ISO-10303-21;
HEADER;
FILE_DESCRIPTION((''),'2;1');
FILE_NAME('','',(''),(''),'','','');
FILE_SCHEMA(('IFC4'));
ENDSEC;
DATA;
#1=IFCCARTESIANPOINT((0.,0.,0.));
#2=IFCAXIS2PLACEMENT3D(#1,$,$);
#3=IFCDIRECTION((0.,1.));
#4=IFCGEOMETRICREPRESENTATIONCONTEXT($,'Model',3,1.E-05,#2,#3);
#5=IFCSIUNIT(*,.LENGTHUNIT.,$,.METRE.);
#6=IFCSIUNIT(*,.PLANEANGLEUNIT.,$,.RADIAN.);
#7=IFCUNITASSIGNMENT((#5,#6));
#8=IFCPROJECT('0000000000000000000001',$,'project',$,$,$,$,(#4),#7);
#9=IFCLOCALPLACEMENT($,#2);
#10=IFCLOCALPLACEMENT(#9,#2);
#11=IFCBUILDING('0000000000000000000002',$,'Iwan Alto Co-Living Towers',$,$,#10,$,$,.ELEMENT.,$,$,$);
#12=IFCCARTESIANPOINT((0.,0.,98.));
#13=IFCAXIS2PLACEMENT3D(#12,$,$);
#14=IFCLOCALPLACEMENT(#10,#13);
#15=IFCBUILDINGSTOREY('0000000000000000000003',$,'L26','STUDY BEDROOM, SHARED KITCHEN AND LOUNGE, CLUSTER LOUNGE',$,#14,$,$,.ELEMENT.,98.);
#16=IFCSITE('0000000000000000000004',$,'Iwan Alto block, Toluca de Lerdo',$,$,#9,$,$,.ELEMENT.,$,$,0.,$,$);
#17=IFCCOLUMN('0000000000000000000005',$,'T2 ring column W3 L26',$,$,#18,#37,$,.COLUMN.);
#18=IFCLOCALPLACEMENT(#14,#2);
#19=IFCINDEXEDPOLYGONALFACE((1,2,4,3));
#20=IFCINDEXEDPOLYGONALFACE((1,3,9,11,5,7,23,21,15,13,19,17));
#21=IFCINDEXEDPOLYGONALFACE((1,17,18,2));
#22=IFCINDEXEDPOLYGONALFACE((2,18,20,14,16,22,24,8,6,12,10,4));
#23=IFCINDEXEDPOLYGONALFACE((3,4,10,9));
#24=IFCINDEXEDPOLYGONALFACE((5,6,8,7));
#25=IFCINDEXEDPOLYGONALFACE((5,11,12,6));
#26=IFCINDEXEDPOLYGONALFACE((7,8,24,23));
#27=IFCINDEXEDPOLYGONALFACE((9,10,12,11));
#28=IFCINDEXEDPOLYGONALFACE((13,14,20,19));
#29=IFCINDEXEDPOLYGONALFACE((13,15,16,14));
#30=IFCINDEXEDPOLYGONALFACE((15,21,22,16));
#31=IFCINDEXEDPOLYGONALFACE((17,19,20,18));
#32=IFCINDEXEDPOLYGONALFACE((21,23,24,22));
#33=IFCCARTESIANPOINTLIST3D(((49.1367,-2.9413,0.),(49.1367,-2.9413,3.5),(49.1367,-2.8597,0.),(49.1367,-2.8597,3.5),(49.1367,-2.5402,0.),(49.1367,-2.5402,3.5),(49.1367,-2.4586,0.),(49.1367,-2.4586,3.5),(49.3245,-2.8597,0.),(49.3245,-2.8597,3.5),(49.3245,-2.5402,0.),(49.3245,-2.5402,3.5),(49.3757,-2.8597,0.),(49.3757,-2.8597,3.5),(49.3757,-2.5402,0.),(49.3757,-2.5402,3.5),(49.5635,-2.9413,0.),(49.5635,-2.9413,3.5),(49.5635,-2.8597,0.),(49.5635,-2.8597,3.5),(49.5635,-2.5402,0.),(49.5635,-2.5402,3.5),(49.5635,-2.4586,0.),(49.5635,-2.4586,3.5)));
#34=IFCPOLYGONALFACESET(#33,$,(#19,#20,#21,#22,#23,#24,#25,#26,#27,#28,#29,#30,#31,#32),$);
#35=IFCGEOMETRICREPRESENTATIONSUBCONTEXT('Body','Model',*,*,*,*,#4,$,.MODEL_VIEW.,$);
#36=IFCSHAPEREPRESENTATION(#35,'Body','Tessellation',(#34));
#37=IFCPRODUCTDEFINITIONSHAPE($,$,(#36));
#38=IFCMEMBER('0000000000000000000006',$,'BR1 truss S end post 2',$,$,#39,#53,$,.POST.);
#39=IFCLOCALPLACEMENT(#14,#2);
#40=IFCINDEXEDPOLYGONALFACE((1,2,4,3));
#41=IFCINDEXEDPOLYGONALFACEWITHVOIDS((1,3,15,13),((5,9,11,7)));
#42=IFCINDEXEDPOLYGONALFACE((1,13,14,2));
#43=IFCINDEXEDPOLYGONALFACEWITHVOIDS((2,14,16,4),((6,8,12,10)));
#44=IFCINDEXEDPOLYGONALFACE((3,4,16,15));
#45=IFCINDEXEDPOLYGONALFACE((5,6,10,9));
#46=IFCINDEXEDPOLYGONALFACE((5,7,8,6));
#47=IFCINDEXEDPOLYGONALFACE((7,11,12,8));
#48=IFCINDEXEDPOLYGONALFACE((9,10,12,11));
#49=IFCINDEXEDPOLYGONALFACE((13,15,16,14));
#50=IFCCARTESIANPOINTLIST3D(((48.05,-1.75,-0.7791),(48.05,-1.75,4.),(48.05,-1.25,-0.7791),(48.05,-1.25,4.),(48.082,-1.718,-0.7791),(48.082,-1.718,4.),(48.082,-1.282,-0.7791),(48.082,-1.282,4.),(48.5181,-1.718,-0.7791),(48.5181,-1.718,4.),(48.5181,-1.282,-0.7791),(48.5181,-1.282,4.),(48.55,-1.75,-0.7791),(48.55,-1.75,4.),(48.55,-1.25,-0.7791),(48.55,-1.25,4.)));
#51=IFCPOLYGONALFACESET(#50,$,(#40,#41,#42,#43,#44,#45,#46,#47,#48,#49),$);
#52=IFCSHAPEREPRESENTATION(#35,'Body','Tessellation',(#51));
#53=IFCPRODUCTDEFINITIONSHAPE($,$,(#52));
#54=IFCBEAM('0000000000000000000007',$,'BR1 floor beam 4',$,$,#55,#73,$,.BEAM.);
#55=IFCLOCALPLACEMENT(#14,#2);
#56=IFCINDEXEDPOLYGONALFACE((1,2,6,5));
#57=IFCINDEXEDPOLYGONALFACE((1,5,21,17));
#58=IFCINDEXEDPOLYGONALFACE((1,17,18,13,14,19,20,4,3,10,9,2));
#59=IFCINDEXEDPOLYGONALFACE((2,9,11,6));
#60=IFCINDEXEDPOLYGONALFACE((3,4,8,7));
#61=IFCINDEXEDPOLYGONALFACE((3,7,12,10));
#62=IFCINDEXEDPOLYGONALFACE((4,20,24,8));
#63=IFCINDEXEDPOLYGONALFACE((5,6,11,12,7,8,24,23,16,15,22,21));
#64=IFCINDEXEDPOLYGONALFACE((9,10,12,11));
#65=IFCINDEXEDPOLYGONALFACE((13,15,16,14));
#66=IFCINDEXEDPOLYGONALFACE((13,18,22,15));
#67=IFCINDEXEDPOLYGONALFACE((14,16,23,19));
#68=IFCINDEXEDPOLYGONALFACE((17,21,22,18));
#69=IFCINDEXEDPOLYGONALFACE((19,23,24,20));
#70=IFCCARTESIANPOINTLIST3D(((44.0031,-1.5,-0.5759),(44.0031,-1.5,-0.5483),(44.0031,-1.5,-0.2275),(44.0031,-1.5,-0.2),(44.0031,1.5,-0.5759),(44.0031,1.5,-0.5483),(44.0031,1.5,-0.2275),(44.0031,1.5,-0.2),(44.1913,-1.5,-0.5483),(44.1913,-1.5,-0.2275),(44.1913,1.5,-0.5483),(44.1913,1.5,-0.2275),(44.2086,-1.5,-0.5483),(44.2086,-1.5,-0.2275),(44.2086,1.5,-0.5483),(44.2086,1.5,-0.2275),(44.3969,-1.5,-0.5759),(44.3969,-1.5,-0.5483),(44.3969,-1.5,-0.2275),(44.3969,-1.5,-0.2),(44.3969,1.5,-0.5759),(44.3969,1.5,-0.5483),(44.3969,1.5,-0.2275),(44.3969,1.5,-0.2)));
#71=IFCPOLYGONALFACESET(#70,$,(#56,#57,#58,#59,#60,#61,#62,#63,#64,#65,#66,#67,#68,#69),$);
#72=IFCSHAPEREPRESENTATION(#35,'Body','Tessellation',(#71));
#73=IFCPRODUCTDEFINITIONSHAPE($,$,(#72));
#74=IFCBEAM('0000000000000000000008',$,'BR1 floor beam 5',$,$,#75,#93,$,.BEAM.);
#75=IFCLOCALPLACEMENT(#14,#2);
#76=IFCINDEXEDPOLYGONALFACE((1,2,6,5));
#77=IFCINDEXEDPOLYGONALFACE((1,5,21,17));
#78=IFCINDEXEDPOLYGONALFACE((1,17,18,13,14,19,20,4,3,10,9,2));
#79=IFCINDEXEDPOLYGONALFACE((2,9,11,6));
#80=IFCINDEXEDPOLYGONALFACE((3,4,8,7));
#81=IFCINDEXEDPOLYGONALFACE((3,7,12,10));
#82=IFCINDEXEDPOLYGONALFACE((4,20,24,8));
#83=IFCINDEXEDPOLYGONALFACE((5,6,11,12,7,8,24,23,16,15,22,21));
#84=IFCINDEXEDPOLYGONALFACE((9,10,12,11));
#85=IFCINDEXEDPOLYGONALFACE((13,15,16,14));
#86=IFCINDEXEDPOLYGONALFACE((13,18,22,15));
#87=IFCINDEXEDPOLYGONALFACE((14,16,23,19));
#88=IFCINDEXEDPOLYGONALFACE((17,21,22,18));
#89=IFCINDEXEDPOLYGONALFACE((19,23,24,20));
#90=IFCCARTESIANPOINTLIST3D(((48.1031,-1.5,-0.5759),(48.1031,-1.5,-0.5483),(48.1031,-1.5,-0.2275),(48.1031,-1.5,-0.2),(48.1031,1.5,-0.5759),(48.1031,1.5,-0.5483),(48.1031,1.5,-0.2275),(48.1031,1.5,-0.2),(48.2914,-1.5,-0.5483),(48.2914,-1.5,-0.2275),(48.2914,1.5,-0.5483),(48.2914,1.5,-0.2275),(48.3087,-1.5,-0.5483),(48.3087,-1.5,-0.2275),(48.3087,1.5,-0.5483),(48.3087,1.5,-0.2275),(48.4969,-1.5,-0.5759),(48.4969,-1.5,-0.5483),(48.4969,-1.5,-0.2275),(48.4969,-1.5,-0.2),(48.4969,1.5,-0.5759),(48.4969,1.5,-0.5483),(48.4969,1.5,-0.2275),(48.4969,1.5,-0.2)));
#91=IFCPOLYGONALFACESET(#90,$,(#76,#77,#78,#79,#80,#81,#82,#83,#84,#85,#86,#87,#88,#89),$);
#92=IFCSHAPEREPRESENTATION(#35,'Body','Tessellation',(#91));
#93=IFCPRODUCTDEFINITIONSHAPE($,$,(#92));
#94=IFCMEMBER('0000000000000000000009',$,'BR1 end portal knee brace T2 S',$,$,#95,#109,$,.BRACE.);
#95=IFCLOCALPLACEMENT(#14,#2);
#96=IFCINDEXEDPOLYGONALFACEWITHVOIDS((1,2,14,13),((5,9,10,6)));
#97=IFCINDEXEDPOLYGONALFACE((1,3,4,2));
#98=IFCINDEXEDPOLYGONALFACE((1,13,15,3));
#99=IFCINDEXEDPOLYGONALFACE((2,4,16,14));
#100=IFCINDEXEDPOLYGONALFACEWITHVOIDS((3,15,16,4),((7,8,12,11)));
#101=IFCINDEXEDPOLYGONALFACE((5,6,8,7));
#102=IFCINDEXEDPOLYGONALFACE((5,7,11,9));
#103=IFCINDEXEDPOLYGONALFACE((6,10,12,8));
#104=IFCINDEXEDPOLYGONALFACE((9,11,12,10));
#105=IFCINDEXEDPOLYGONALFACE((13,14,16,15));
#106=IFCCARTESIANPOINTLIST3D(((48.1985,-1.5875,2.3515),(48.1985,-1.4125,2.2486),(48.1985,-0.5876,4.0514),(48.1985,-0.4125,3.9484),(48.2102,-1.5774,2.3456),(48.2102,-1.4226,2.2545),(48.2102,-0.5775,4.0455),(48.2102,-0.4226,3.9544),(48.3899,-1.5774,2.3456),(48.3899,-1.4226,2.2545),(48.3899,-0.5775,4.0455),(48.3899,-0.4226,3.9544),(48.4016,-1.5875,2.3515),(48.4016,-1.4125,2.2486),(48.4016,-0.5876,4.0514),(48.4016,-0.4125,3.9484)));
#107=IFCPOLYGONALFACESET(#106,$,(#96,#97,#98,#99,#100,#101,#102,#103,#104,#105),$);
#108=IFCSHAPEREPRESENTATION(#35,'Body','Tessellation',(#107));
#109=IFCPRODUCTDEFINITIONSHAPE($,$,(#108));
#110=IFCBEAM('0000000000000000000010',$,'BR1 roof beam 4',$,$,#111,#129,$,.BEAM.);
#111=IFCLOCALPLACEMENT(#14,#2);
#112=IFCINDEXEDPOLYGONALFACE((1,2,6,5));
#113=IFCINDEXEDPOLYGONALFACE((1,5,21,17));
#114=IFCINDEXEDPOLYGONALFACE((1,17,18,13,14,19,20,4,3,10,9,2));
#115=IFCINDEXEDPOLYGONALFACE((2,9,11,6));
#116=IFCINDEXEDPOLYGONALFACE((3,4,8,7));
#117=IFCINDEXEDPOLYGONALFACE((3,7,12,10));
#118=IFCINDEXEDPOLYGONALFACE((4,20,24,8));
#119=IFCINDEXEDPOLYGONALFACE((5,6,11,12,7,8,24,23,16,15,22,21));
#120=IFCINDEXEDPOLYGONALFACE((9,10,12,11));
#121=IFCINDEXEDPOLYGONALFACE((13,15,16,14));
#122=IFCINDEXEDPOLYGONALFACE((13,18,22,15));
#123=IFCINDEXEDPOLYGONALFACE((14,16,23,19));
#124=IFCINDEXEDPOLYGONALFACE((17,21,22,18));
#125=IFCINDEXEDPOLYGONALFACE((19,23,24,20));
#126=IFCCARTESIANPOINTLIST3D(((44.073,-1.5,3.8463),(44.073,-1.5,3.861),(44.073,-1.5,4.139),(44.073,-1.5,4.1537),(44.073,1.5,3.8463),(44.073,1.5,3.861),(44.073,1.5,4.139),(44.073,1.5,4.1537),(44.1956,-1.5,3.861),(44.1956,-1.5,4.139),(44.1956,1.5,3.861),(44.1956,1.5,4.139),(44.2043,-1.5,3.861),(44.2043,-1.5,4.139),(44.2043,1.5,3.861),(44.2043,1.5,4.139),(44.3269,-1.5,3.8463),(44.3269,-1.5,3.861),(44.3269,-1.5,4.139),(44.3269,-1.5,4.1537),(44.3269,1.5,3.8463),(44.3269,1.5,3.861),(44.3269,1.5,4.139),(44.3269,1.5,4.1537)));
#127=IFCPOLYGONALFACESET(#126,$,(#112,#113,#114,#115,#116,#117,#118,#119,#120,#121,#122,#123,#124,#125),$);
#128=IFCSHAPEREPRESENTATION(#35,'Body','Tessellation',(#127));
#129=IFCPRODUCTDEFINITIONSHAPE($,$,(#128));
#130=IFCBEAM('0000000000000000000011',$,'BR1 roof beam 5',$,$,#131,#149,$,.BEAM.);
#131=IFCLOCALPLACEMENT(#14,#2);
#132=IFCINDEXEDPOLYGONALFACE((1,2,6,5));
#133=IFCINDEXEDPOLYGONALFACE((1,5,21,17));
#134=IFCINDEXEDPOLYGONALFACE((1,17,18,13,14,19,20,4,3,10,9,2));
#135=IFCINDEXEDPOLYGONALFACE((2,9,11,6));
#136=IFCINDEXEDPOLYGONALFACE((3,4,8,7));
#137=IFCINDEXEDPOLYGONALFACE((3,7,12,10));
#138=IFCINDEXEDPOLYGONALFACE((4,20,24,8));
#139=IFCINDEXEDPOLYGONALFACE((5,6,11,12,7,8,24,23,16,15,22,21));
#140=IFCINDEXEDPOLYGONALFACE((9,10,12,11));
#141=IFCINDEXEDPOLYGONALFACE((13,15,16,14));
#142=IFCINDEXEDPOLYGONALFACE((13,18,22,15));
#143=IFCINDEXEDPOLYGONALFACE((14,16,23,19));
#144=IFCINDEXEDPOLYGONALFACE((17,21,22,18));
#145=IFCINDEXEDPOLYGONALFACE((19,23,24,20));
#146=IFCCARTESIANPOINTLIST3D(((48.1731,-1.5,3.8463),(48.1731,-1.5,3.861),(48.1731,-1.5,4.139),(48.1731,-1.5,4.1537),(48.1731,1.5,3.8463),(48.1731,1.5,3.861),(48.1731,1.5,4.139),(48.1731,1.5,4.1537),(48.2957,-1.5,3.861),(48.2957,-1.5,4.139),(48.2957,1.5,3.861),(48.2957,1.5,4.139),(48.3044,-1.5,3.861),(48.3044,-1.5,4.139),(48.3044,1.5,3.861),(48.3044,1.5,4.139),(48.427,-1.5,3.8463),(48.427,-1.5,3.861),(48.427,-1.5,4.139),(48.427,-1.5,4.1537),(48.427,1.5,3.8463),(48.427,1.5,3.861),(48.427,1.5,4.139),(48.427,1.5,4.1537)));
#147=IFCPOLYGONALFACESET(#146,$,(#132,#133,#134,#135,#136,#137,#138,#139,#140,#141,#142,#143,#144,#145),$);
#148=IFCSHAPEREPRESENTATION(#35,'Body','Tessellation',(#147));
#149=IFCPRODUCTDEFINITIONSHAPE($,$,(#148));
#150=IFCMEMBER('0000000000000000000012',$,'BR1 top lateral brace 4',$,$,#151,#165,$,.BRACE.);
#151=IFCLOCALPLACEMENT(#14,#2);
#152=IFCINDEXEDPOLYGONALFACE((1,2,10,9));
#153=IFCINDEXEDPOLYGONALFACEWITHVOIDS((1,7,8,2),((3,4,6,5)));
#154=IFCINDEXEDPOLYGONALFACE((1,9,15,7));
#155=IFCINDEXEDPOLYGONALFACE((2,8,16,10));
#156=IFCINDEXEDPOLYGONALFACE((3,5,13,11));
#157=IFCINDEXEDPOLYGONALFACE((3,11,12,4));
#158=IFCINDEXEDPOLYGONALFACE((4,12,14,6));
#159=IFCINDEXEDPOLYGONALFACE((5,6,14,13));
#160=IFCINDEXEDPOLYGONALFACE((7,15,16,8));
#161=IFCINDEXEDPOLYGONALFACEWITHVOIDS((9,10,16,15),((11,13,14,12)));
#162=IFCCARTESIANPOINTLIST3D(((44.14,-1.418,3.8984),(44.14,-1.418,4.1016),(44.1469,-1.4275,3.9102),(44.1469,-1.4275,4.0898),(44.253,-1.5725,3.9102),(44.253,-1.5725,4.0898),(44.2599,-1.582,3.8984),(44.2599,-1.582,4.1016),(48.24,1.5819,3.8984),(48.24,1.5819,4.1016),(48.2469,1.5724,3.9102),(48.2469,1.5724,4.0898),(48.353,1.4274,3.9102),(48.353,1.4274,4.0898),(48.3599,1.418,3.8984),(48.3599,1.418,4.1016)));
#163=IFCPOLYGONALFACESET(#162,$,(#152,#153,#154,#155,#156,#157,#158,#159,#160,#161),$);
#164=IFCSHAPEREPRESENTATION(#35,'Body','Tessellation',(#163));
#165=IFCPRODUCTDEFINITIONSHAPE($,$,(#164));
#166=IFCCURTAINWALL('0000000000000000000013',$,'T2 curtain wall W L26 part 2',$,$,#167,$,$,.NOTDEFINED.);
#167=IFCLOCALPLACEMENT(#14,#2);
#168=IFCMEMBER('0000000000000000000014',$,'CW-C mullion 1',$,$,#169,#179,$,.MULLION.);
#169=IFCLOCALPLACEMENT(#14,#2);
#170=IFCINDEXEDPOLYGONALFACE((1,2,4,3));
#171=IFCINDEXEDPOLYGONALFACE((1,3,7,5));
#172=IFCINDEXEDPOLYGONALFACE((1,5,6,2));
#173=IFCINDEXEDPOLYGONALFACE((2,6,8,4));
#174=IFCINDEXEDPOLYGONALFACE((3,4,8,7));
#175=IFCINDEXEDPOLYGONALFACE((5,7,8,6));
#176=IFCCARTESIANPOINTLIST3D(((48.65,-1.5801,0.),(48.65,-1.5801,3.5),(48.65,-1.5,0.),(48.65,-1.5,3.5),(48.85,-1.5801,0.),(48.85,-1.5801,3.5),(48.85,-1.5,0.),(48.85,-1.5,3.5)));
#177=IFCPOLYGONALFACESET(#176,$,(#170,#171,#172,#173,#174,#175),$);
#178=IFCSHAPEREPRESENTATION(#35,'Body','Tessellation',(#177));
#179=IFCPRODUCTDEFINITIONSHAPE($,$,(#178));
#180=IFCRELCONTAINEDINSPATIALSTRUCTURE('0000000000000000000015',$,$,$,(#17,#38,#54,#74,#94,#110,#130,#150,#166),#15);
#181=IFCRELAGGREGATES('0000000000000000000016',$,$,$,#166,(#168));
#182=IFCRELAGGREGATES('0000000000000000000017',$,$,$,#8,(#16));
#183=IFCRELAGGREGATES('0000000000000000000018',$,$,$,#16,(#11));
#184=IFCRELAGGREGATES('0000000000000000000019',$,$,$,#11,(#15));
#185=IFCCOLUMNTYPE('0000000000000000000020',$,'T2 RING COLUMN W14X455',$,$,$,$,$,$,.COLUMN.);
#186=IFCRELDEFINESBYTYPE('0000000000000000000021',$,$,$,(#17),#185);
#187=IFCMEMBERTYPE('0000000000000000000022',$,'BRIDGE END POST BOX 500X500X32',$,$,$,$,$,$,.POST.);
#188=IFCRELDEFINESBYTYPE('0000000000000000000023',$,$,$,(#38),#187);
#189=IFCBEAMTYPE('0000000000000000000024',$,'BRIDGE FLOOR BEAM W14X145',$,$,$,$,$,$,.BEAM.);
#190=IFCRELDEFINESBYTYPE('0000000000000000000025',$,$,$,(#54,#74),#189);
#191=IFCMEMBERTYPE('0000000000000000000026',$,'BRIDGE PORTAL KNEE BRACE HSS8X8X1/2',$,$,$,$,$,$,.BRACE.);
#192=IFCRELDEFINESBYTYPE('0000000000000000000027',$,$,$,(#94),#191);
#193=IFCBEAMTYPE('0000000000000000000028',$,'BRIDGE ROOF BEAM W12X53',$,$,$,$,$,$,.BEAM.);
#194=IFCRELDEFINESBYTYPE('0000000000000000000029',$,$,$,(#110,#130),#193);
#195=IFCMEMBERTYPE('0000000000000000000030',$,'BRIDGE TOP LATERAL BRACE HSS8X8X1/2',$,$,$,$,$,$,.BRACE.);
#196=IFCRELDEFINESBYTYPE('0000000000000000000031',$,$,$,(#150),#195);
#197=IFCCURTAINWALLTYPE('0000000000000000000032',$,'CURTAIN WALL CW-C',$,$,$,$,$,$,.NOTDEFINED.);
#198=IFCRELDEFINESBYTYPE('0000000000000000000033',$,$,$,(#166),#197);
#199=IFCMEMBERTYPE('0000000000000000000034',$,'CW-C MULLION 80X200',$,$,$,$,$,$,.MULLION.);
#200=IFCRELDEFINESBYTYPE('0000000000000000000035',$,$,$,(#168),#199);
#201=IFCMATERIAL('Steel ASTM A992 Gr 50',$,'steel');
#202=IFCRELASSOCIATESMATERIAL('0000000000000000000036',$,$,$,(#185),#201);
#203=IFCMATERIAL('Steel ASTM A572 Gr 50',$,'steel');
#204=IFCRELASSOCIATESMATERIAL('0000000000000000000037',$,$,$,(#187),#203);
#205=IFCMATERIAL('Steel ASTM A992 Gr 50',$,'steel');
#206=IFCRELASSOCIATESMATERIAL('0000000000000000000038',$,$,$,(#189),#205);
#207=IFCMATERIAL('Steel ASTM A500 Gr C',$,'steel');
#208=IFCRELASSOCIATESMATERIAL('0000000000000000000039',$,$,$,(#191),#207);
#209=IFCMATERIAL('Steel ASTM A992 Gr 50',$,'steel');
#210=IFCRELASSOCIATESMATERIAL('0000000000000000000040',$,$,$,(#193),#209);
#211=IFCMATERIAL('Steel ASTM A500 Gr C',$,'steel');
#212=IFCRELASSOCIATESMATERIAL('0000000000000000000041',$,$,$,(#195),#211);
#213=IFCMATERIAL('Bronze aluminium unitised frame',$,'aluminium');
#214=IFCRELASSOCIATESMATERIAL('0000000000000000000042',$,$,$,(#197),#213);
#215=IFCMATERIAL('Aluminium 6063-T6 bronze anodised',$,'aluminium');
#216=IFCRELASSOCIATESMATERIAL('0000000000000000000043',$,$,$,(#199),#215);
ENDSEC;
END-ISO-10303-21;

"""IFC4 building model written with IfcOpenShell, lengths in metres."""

from ifc_helpers import new_model, si_unit, direction, frame, origin, origin_2d, place, context, subcontext, project, spatial, rectangle, hollow_rectangle, i_section, extrude, material, material_profile, profile_set, type_object, element, aggregate, save


model = new_model("IFC4")

# Units and contexts
model_context = context("Model", 3, precision=1e-05, world=origin(), true_north=direction((0.0, 1.0)))
body_context = subcontext(model_context, "Body", "Model", "MODEL_VIEW")
ifc_project = project(units=[si_unit("LENGTHUNIT", "METRE"), si_unit("PLANEANGLEUNIT", "RADIAN")], contexts=[model_context])

# Site, building, storey
site_placement = place(None, origin())
site = spatial("IfcSite", under=ifc_project, at=site_placement, Name="Iwan Alto block, Toluca de Lerdo", CompositionType="ELEMENT", RefElevation=0.0)
building_placement = place(site_placement, origin())
building = spatial("IfcBuilding", under=site, at=building_placement, Name="Iwan Alto Co-Living Towers", CompositionType="ELEMENT")
storey_placement = place(building_placement, frame((0.0, 0.0, 98.0)))
storey = spatial("IfcBuildingStorey", under=building, at=storey_placement, Name="L26", Description="STUDY BEDROOM, SHARED KITCHEN AND LOUNGE, CLUSTER LOUNGE", CompositionType="ELEMENT", Elevation=98.0)

# Column
ifc_material_1 = material(Name="Steel ASTM A992 Gr 50", Category="steel")
ifc_material_profile_1 = material_profile(ifc_material_1, i_section(OverallWidth=0.4268, OverallDepth=0.4827, WebThickness=0.0513, FlangeThickness=0.0815, at=origin_2d()), Name="W14X455")
ifc_profile_set_1 = profile_set([ifc_material_profile_1], Name="Steel ASTM A992 Gr 50")
column_type = type_object("IfcColumnType", Name="T2 RING COLUMN W14X455", PredefinedType="COLUMN", material=ifc_profile_set_1)
column_placement = place(storey_placement, frame((49.3501, -2.7, 0.0), z_axis=(0.0, 0.0, 1.0), x_axis=(1.0, 0.0, 0.0)))
element("IfcColumn", 1, at=column_placement, inside=storey, type_object=column_type, Name="T2 ring column W3 L26", PredefinedType="COLUMN", context=body_context, shape_type="SweptSolid", body=[
    extrude(i_section(OverallWidth=0.4268, OverallDepth=0.4827, WebThickness=0.0513, FlangeThickness=0.0815, at=origin_2d()), origin(), (0.0, 0.0, 1.0), 3.5),
])

# Member
ifc_material_2 = material(Name="Steel ASTM A572 Gr 50", Category="steel")
ifc_material_profile_2 = material_profile(ifc_material_2, hollow_rectangle(XDim=0.5, YDim=0.5, WallThickness=0.032, at=origin_2d()), Name="BOX 500X500X32")
ifc_profile_set_2 = profile_set([ifc_material_profile_2], Name="Steel ASTM A572 Gr 50")
member_type_1 = type_object("IfcMemberType", Name="BRIDGE END POST BOX 500X500X32", PredefinedType="POST", material=ifc_profile_set_2)
member_1_placement = place(storey_placement, frame((48.3, -1.5, -0.7791), z_axis=(0.0, 0.0, 1.0), x_axis=(1.0, 0.0, 0.0)))
element("IfcMember", 2, at=member_1_placement, inside=storey, type_object=member_type_1, Name="BR1 truss S end post 2", PredefinedType="POST", context=body_context, shape_type="SweptSolid", body=[
    extrude(hollow_rectangle(XDim=0.5, YDim=0.5, WallThickness=0.032, at=origin_2d()), origin(), (0.0, 0.0, 1.0), 4.7791),
])

# Beams
ifc_material_3 = material(Name="Steel ASTM A992 Gr 50", Category="steel")
ifc_material_profile_3 = material_profile(ifc_material_3, i_section(OverallWidth=0.3938, OverallDepth=0.376, WebThickness=0.0173, FlangeThickness=0.0276, at=origin_2d()), Name="W14X145")
ifc_profile_set_3 = profile_set([ifc_material_profile_3], Name="Steel ASTM A992 Gr 50")
beam_type_1 = type_object("IfcBeamType", Name="BRIDGE FLOOR BEAM W14X145", PredefinedType="BEAM", material=ifc_profile_set_3)
for number, where, z_axis, x_axis, name in (
    (3, (44.2, -1.5, -0.3879), (0.0, 1.0, 0.0), (-1.0, 0.0, 0.0), "BR1 floor beam 4"),
    (4, (48.3, -1.5, -0.3879), (0.0, 1.0, 0.0), (-1.0, 0.0, 0.0), "BR1 floor beam 5"),
):
    element("IfcBeam", number, at=place(storey_placement, frame(where, z_axis=z_axis, x_axis=x_axis)), inside=storey, type_object=beam_type_1, Name=name, PredefinedType="BEAM", context=body_context, shape_type="SweptSolid", body=[
        extrude(i_section(OverallWidth=0.3938, OverallDepth=0.376, WebThickness=0.0173, FlangeThickness=0.0276, at=origin_2d()), origin(), (0.0, 0.0, 1.0), 3.0),
    ])

# Member
ifc_material_4 = material(Name="Steel ASTM A500 Gr C", Category="steel")
ifc_material_profile_4 = material_profile(ifc_material_4, hollow_rectangle(XDim=0.2031, YDim=0.2031, WallThickness=0.0117, at=origin_2d()), Name="HSS8X8X1/2")
ifc_profile_set_4 = profile_set([ifc_material_profile_4], Name="Steel ASTM A500 Gr C")
member_type_2 = type_object("IfcMemberType", Name="BRIDGE PORTAL KNEE BRACE HSS8X8X1/2", PredefinedType="BRACE", material=ifc_profile_set_4)
member_2_placement = place(storey_placement, frame((48.3, -1.5, 2.3), z_axis=(0.0, 0.507031, 0.861928), x_axis=(-1.0, 0.0, 0.0)))
element("IfcMember", 5, at=member_2_placement, inside=storey, type_object=member_type_2, Name="BR1 end portal knee brace T2 S", PredefinedType="BRACE", context=body_context, shape_type="SweptSolid", body=[
    extrude(hollow_rectangle(XDim=0.2031, YDim=0.2031, WallThickness=0.0117, at=origin_2d()), origin(), (0.0, 0.0, 1.0), 1.9722),
])

# Beams
ifc_material_5 = material(Name="Steel ASTM A992 Gr 50", Category="steel")
ifc_material_profile_5 = material_profile(ifc_material_5, i_section(OverallWidth=0.2539, OverallDepth=0.3074, WebThickness=0.0088, FlangeThickness=0.0146, at=origin_2d()), Name="W12X53")
ifc_profile_set_5 = profile_set([ifc_material_profile_5], Name="Steel ASTM A992 Gr 50")
beam_type_2 = type_object("IfcBeamType", Name="BRIDGE ROOF BEAM W12X53", PredefinedType="BEAM", material=ifc_profile_set_5)
for number, where, z_axis, x_axis, name in (
    (6, (44.2, -1.5, 4.0), (0.0, 1.0, 0.0), (-1.0, 0.0, 0.0), "BR1 roof beam 4"),
    (7, (48.3, -1.5, 4.0), (0.0, 1.0, 0.0), (-1.0, 0.0, 0.0), "BR1 roof beam 5"),
):
    element("IfcBeam", number, at=place(storey_placement, frame(where, z_axis=z_axis, x_axis=x_axis)), inside=storey, type_object=beam_type_2, Name=name, PredefinedType="BEAM", context=body_context, shape_type="SweptSolid", body=[
        extrude(i_section(OverallWidth=0.2539, OverallDepth=0.3074, WebThickness=0.0088, FlangeThickness=0.0146, at=origin_2d()), origin(), (0.0, 0.0, 1.0), 3.0),
    ])

# Member
ifc_material_6 = material(Name="Steel ASTM A500 Gr C", Category="steel")
ifc_material_profile_6 = material_profile(ifc_material_6, hollow_rectangle(XDim=0.2031, YDim=0.2031, WallThickness=0.0117, at=origin_2d()), Name="HSS8X8X1/2")
ifc_profile_set_6 = profile_set([ifc_material_profile_6], Name="Steel ASTM A500 Gr C")
member_type_3 = type_object("IfcMemberType", Name="BRIDGE TOP LATERAL BRACE HSS8X8X1/2", PredefinedType="BRACE", material=ifc_profile_set_6)
member_3_placement = place(storey_placement, frame((44.2, -1.5, 4.0), z_axis=(0.807037, 0.590501, 0.0), x_axis=(-0.590501, 0.807037, 0.0)))
element("IfcMember", 8, at=member_3_placement, inside=storey, type_object=member_type_3, Name="BR1 top lateral brace 4", PredefinedType="BRACE", context=body_context, shape_type="SweptSolid", body=[
    extrude(hollow_rectangle(XDim=0.2031, YDim=0.2031, WallThickness=0.0117, at=origin_2d()), origin(), (0.0, 0.0, 1.0), 5.0803),
])

# Curtain wall, member
ifc_material_7 = material(Name="Bronze aluminium unitised frame", Category="aluminium")
curtain_wall_type_1 = type_object("IfcCurtainWallType", Name="CURTAIN WALL CW-C", PredefinedType="NOTDEFINED", material=ifc_material_7)
curtain_wall_1_placement = place(storey_placement, origin())
curtain_wall_1 = element("IfcCurtainWall", 9, at=curtain_wall_1_placement, inside=storey, type_object=curtain_wall_type_1, Name="T2 curtain wall W L26 part 2", PredefinedType="NOTDEFINED")
ifc_material_8 = material(Name="Aluminium 6063-T6 bronze anodised", Category="aluminium")
ifc_material_profile_7 = material_profile(ifc_material_8, rectangle(XDim=0.2, YDim=0.0801, at=origin_2d()), Name="AL 80X200")
ifc_profile_set_7 = profile_set([ifc_material_profile_7], Name="Aluminium 6063-T6 bronze anodised")
member_type_4 = type_object("IfcMemberType", Name="CW-C MULLION 80X200", PredefinedType="MULLION", material=ifc_profile_set_7)
member_4_placement = place(storey_placement, frame((48.75, -1.54, 0.0), z_axis=(0.0, 0.0, 1.0), x_axis=(1.0, 0.0, 0.0)))
member_4 = element("IfcMember", 10, at=member_4_placement, type_object=member_type_4, Name="CW-C mullion 1", PredefinedType="MULLION", context=body_context, shape_type="SweptSolid", body=[
    extrude(rectangle(XDim=0.2, YDim=0.0801, at=origin_2d()), origin(), (0.0, 0.0, 1.0), 3.5),
])

aggregate(curtain_wall_1, [member_4])

save(model, "model.ifc")
